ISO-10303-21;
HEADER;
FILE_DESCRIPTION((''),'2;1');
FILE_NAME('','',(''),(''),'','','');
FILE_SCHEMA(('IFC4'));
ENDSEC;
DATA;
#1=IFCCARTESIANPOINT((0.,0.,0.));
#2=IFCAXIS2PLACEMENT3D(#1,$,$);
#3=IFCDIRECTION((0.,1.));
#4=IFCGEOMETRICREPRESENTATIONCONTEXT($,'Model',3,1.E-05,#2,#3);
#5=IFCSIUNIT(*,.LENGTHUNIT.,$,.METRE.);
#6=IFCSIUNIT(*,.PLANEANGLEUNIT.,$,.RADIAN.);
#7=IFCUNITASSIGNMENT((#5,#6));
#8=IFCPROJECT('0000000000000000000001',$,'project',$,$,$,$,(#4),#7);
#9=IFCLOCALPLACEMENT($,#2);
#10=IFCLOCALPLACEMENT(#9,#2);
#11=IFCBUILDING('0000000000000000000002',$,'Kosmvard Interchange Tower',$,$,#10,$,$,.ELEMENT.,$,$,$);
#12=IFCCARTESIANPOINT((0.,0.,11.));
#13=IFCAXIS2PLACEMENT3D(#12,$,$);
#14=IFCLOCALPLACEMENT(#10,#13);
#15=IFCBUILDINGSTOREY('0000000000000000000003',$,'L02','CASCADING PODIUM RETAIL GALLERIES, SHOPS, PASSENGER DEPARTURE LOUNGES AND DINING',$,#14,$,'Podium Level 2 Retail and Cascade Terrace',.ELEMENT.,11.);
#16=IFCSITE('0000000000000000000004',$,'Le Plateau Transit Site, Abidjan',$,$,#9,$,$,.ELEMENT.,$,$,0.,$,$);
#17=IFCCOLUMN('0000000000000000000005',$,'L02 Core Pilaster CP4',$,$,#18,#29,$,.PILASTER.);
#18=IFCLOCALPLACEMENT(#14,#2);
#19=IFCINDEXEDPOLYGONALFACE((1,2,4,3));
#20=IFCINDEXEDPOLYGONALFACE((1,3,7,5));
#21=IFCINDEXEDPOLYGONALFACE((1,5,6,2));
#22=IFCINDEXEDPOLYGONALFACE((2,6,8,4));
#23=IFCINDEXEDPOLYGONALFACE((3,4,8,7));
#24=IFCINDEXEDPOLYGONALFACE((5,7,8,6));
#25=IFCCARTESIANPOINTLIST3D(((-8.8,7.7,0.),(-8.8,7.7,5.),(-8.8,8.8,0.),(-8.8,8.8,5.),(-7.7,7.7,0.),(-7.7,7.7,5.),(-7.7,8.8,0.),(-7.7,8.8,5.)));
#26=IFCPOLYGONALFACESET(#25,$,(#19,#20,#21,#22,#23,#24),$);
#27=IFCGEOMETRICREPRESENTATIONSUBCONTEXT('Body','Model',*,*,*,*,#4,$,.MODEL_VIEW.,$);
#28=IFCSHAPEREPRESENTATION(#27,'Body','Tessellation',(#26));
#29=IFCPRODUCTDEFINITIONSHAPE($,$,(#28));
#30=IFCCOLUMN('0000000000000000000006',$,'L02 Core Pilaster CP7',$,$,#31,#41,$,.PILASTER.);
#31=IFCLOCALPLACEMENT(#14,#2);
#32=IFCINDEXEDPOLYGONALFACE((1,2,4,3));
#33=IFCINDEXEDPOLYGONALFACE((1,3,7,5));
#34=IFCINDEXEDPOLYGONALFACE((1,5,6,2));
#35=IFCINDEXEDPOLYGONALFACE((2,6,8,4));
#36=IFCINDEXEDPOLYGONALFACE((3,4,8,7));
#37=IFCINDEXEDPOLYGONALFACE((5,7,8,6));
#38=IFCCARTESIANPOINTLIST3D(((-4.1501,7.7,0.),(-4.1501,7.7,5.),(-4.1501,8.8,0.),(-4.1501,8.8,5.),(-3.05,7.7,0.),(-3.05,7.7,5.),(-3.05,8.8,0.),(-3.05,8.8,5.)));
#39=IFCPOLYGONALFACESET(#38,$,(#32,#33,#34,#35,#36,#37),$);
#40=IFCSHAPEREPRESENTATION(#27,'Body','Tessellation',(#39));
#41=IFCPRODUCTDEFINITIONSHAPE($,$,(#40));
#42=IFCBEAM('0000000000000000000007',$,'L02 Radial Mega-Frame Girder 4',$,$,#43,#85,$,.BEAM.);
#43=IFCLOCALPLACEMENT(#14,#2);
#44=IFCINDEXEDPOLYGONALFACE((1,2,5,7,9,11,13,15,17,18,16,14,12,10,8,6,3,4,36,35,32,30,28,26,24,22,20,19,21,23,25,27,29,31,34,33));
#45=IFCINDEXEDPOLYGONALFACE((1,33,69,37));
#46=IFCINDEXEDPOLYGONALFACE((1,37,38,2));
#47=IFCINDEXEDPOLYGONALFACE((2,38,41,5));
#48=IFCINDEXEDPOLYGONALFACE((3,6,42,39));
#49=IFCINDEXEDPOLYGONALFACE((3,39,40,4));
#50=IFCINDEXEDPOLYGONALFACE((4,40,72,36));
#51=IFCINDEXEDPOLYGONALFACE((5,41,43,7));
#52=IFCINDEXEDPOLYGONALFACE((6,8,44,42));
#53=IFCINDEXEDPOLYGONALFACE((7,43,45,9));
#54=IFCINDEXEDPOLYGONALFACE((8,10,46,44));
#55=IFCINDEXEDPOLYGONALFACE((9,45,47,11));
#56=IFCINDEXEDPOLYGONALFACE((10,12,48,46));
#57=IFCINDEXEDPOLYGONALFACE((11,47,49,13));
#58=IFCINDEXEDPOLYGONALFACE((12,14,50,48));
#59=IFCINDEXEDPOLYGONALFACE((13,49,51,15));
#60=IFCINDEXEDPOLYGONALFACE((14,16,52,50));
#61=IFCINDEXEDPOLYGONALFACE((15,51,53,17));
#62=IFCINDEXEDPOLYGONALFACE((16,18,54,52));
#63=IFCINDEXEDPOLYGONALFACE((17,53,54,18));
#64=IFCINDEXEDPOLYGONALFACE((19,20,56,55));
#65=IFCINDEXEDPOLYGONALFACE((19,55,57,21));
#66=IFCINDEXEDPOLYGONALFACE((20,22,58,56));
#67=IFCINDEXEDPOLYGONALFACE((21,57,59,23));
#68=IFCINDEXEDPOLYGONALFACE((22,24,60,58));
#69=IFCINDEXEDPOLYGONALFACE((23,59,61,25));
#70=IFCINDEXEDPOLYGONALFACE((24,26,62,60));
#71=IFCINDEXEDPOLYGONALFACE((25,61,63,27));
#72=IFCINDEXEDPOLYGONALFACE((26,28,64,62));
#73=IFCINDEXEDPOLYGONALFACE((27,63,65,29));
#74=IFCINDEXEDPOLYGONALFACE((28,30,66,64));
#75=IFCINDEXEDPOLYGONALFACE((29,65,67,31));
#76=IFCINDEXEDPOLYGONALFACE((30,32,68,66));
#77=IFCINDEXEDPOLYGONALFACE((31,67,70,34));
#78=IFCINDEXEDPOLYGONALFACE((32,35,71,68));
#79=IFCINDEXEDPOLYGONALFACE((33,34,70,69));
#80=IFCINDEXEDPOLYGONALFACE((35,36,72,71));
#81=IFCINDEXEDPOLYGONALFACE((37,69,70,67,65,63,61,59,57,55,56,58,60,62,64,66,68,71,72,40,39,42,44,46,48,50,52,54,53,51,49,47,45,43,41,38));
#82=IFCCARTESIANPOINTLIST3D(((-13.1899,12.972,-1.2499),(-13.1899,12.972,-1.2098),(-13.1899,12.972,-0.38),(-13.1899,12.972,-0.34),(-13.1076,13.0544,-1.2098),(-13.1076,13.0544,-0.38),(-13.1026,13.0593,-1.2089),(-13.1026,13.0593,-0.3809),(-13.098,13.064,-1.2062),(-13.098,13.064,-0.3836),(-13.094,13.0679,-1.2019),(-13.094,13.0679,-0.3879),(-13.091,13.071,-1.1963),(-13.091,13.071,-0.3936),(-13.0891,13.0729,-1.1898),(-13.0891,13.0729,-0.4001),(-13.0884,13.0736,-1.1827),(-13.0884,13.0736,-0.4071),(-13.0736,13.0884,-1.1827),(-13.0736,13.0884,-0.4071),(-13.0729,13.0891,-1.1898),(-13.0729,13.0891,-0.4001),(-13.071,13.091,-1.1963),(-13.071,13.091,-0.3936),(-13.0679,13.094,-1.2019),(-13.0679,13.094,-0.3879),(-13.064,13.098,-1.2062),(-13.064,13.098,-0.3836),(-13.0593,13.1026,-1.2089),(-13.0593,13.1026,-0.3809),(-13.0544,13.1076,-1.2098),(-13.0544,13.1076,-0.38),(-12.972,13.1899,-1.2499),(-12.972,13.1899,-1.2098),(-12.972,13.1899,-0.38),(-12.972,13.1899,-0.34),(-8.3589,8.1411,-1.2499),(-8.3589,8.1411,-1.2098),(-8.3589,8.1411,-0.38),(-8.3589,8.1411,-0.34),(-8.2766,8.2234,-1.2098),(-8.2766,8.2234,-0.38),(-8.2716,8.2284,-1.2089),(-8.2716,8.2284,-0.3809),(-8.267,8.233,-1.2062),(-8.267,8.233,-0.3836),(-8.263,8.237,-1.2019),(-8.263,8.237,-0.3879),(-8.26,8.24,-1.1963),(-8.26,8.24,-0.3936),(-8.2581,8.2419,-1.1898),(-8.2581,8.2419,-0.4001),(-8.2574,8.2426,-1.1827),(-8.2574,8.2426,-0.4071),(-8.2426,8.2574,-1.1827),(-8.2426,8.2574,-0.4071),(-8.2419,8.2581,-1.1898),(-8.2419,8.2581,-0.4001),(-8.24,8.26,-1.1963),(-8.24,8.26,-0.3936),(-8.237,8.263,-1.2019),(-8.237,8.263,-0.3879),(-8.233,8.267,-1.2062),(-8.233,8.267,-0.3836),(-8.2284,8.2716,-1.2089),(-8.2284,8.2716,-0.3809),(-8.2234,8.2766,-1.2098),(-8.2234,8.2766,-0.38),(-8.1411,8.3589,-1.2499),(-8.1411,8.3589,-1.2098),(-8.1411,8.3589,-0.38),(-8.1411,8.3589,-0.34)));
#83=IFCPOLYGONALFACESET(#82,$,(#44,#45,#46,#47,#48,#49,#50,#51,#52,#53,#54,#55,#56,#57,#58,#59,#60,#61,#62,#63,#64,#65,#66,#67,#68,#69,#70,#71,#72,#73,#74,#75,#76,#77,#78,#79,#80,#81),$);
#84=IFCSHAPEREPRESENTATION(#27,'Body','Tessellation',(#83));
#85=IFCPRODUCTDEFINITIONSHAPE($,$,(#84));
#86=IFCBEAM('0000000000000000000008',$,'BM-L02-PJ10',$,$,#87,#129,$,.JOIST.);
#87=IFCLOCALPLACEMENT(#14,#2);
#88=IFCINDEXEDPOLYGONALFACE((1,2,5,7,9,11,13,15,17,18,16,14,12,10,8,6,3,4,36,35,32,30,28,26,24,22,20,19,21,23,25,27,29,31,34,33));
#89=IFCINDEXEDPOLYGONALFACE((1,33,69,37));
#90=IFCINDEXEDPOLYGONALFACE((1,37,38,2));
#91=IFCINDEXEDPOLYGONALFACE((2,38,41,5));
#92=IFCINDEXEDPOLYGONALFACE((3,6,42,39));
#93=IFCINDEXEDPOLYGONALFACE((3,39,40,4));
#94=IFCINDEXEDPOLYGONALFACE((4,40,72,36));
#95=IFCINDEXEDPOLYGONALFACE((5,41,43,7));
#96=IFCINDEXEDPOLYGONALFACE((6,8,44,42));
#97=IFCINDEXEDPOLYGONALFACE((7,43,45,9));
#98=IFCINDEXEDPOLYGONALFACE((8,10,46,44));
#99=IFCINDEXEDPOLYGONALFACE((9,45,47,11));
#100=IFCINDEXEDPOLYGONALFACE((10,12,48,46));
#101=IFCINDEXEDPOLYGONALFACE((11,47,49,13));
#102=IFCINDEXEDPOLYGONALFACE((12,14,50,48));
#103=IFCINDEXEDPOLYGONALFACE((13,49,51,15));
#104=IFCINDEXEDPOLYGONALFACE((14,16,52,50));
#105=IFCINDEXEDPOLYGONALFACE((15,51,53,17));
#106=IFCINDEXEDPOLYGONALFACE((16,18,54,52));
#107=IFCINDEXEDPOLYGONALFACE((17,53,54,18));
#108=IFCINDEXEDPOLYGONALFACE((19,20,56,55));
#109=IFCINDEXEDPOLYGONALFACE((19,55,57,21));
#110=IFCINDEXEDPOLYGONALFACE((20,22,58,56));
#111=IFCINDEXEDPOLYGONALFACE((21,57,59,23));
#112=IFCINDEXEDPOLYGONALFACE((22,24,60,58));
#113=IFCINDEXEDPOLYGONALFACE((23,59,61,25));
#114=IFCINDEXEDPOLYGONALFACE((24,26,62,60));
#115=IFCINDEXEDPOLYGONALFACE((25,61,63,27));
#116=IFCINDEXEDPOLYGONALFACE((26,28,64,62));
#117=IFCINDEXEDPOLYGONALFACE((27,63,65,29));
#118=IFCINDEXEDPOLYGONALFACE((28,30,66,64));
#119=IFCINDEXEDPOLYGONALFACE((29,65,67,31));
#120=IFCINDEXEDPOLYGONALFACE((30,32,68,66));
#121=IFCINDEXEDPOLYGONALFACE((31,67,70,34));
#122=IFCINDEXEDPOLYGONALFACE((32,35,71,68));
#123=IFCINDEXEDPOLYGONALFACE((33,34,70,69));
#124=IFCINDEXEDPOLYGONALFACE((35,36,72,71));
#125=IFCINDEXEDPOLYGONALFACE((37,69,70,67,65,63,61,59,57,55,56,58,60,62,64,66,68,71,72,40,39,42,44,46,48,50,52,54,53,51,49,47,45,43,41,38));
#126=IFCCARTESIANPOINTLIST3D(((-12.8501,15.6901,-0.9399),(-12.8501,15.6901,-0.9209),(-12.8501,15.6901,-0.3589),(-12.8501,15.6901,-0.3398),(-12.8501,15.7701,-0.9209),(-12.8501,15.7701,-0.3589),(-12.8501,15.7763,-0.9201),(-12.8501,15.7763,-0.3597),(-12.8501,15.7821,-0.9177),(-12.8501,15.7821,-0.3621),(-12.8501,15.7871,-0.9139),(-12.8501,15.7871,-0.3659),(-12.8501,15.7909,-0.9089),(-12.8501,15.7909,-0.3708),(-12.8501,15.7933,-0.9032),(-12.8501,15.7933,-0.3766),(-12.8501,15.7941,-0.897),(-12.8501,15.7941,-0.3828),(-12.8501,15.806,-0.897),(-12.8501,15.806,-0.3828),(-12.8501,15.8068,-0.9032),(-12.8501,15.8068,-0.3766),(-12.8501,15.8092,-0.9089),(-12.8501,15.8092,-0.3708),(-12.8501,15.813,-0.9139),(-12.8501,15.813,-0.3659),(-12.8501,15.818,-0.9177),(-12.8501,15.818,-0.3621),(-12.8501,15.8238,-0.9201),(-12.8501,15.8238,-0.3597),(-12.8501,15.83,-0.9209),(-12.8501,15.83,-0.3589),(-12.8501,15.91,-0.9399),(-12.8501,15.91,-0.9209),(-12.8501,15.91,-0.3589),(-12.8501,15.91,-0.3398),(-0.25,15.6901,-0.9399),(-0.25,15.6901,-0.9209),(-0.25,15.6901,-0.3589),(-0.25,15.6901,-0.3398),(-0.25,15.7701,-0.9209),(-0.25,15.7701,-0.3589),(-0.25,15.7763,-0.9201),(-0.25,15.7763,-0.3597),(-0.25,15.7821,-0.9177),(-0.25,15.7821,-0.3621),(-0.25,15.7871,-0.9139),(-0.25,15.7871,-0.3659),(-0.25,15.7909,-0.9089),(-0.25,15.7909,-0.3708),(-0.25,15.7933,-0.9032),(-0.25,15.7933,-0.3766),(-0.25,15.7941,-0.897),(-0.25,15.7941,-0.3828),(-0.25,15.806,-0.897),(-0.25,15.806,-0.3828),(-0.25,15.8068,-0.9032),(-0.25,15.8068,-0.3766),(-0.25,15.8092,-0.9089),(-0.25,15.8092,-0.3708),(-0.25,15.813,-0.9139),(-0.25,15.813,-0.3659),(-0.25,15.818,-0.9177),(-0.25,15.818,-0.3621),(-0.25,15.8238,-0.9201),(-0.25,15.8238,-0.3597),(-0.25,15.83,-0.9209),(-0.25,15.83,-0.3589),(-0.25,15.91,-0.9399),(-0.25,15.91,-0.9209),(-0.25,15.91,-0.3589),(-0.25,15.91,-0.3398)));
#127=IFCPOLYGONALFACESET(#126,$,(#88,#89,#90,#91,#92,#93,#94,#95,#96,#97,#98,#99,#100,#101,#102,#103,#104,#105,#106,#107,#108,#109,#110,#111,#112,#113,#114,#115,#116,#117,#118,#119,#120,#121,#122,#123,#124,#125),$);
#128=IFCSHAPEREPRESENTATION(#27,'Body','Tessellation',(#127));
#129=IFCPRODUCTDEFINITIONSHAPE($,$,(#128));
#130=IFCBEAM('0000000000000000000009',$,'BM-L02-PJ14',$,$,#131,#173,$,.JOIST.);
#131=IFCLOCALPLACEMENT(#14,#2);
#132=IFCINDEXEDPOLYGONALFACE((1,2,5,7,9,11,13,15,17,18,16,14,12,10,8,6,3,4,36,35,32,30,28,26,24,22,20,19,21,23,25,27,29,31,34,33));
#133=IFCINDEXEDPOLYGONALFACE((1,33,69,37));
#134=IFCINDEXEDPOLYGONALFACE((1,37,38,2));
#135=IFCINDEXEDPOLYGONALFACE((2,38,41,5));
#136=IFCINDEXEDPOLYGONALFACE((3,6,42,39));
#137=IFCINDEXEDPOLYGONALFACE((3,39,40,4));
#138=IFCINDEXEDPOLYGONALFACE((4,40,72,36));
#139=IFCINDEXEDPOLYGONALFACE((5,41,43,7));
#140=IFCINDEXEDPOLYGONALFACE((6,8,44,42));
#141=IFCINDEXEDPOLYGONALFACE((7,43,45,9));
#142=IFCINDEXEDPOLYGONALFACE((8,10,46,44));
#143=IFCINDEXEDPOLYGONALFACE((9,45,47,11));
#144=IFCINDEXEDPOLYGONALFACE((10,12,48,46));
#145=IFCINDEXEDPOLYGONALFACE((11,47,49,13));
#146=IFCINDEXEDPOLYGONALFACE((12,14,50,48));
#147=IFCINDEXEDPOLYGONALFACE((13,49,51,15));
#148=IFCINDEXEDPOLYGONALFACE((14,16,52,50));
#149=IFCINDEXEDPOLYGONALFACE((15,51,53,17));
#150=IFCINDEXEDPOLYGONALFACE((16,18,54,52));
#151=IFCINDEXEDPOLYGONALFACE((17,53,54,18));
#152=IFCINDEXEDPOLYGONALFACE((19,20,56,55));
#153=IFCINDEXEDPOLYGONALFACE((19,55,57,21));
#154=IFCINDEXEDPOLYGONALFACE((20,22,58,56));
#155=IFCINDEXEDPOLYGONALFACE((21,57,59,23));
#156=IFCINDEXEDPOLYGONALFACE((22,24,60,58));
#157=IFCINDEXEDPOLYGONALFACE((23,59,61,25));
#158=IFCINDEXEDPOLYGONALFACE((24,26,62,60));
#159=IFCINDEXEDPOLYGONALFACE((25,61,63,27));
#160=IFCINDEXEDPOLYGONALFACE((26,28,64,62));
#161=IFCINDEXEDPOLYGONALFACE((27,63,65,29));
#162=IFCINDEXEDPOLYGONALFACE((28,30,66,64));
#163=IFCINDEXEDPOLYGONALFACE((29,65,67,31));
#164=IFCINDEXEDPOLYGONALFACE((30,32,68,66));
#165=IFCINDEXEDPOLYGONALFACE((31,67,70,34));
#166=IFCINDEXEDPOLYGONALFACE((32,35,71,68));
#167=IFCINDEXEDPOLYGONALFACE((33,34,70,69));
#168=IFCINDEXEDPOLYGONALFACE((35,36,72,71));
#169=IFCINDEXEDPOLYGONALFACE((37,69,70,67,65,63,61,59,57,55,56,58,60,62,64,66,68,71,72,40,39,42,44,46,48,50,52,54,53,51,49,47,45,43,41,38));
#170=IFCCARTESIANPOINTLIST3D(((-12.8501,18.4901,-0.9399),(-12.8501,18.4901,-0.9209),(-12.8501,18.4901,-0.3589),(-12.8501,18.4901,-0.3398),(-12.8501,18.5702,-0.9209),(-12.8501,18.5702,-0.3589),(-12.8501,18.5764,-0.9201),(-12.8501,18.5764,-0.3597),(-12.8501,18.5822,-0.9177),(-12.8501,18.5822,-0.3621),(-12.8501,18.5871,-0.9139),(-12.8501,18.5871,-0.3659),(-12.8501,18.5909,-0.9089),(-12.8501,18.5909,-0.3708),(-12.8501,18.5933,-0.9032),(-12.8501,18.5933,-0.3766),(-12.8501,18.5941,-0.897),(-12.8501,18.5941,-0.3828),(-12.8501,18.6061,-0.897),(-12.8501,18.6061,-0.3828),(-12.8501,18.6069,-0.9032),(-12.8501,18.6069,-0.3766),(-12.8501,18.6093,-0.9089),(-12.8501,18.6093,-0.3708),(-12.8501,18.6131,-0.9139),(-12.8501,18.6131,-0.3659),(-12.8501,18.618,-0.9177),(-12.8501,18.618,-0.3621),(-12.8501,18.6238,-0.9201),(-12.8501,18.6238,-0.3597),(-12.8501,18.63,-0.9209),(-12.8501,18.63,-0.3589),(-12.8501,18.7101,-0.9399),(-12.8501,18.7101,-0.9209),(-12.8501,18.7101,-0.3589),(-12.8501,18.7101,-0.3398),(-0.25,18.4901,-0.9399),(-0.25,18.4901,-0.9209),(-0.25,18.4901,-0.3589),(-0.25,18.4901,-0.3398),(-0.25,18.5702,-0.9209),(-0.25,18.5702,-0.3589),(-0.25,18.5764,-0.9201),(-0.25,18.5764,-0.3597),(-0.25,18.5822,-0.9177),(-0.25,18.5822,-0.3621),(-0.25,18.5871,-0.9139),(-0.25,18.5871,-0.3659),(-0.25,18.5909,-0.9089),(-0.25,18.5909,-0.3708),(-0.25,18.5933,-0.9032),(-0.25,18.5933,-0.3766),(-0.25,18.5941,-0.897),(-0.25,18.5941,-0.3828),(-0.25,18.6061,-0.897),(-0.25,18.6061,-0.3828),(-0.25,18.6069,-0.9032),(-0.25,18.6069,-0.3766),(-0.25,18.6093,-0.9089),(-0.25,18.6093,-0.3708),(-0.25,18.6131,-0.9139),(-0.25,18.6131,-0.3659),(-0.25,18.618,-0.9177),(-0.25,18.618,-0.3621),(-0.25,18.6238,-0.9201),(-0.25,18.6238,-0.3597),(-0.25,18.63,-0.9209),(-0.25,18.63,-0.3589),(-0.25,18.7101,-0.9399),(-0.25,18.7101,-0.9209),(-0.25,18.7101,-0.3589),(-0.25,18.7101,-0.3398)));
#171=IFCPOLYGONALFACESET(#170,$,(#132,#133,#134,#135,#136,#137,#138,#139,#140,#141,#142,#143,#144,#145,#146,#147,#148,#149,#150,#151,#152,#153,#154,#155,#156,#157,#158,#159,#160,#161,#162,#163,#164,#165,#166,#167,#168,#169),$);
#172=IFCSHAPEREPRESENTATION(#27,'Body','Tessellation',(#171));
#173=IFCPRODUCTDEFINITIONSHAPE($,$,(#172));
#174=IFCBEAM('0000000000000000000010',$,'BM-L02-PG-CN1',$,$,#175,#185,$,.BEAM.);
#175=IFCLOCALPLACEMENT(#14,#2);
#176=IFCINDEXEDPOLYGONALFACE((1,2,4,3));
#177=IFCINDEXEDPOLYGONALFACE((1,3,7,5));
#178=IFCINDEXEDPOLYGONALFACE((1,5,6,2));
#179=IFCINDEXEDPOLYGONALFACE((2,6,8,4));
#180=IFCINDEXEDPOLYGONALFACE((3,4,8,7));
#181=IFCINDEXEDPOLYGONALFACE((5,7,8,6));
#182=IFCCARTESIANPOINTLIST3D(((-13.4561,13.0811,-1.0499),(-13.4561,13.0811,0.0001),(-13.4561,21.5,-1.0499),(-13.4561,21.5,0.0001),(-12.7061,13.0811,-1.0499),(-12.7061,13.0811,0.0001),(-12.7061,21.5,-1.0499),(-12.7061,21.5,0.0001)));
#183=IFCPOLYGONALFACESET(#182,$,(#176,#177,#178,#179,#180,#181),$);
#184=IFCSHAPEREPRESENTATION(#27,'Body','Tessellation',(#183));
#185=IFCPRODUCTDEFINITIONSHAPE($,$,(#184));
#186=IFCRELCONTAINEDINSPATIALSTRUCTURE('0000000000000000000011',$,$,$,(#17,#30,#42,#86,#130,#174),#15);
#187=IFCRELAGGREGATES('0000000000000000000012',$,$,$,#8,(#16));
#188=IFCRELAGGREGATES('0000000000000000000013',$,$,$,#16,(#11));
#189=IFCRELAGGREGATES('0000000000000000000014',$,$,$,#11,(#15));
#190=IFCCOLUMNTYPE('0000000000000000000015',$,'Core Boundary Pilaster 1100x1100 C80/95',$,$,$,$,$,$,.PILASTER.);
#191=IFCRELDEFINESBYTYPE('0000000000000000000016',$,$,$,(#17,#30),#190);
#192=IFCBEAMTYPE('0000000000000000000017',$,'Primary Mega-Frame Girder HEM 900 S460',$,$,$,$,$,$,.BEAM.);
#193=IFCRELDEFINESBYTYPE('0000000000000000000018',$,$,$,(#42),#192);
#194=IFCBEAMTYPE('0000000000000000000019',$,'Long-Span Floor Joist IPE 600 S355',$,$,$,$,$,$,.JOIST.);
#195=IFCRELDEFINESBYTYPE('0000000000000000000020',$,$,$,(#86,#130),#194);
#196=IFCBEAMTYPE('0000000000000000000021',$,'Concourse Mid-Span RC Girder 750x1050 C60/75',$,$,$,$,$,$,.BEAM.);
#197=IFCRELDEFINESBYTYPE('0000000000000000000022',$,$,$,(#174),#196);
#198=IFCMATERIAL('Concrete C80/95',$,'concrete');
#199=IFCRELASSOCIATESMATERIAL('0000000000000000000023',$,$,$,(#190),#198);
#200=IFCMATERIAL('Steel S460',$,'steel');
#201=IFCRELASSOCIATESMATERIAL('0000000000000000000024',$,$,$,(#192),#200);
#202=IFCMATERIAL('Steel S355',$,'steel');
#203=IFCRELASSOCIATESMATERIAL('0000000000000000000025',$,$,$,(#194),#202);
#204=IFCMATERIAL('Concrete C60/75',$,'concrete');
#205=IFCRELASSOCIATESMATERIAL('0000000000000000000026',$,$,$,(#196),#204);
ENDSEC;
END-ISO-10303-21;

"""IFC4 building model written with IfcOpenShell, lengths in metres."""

from ifc_helpers import new_model, si_unit, direction, frame, origin, origin_2d, place, context, subcontext, project, spatial, rectangle, i_section, extrude, source, transform, mapped, material, material_profile, profile_set, type_object, element, save


model = new_model("IFC4")

# Units and contexts
model_context = context("Model", 3, precision=1e-05, world=origin(), true_north=direction((0.0, 1.0)))
body_context = subcontext(model_context, "Body", "Model", "MODEL_VIEW")
ifc_project = project(units=[si_unit("LENGTHUNIT", "METRE"), si_unit("PLANEANGLEUNIT", "RADIAN")], contexts=[model_context])

# Site, building, storey
site_placement = place(None, origin())
site = spatial("IfcSite", under=ifc_project, at=site_placement, Name="Le Plateau Transit Site, Abidjan", CompositionType="ELEMENT", RefElevation=0.0)
building_placement = place(site_placement, origin())
building = spatial("IfcBuilding", under=site, at=building_placement, Name="Kosmvard Interchange Tower", CompositionType="ELEMENT")
storey_placement = place(building_placement, frame((0.0, 0.0, 11.0)))
storey = spatial("IfcBuildingStorey", under=building, at=storey_placement, Name="L02", Description="CASCADING PODIUM RETAIL GALLERIES, SHOPS, PASSENGER DEPARTURE LOUNGES AND DINING", LongName="Podium Level 2 Retail and Cascade Terrace", CompositionType="ELEMENT", Elevation=11.0)

# Columns
ifc_material_1 = material(Name="Concrete C80/95", Category="concrete")
ifc_material_profile_1 = material_profile(ifc_material_1, rectangle(XDim=1.1001, YDim=1.1001, at=origin_2d()), Name="CP 1100x1100")
ifc_profile_set_1 = profile_set([ifc_material_profile_1], Name="Concrete C80/95")
column_type = type_object("IfcColumnType", Name="Core Boundary Pilaster 1100x1100 C80/95", PredefinedType="PILASTER", material=ifc_profile_set_1)
shared_shape_1 = source(origin(), body_context, "Body", "SweptSolid", [
    extrude(rectangle(XDim=1.1001, YDim=1.1001, at=origin_2d()), origin(), (0.0, 0.0, 1.0), 5.0),
])
for number, where, z_axis, x_axis, name in (
    (1, (-8.25, 8.25, 0.0), (0.0, 0.0, 1.0), (1.0, 0.0, 0.0), "L02 Core Pilaster CP4"),
    (2, (-3.6001, 8.25, 0.0), (0.0, 0.0, 1.0), (1.0, 0.0, 0.0), "L02 Core Pilaster CP7"),
):
    element("IfcColumn", number, at=place(storey_placement, frame(where, z_axis=z_axis, x_axis=x_axis)), inside=storey, type_object=column_type, Name=name, PredefinedType="PILASTER", context=body_context, shape_type="MappedRepresentation", body=[
        mapped(shared_shape_1, transform((0.0, 0.0, 0.0), scale=1.0)),
    ])

# Beams
ifc_material_2 = material(Name="Steel S460", Category="steel")
ifc_material_profile_2 = material_profile(ifc_material_2, i_section(OverallWidth=0.3081, OverallDepth=0.9099, WebThickness=0.021, FlangeThickness=0.04, FilletRadius=0.0271, at=origin_2d()), Name="HEM 900")
ifc_profile_set_2 = profile_set([ifc_material_profile_2], Name="Steel S460")
beam_type_1 = type_object("IfcBeamType", Name="Primary Mega-Frame Girder HEM 900 S460", PredefinedType="BEAM", material=ifc_profile_set_2)
shared_shape_2 = source(origin(), body_context, "Body", "SweptSolid", [
    extrude(i_section(OverallWidth=0.3081, OverallDepth=0.9099, WebThickness=0.021, FlangeThickness=0.04, FilletRadius=0.0271, at=origin_2d()), origin(), (0.0, 0.0, 1.0), 6.832),
])
beam_1_placement = place(storey_placement, frame((-8.25, 8.25, -0.7949), z_axis=(-0.707107, 0.707107, 0.0), x_axis=(-0.707107, -0.707107, 0.0)))
element("IfcBeam", 3, at=beam_1_placement, inside=storey, type_object=beam_type_1, Name="L02 Radial Mega-Frame Girder 4", PredefinedType="BEAM", context=body_context, shape_type="MappedRepresentation", body=[
    mapped(shared_shape_2, transform((0.0, 0.0, 0.0), scale=1.0)),
])
ifc_material_3 = material(Name="Steel S355", Category="steel")
ifc_material_profile_3 = material_profile(ifc_material_3, i_section(OverallWidth=0.22, OverallDepth=0.6001, WebThickness=0.012, FlangeThickness=0.019, FilletRadius=0.0239, at=origin_2d()), Name="IPE 600")
ifc_profile_set_3 = profile_set([ifc_material_profile_3], Name="Steel S355")
beam_type_2 = type_object("IfcBeamType", Name="Long-Span Floor Joist IPE 600 S355", PredefinedType="JOIST", material=ifc_profile_set_3)
shared_shape_3 = source(origin(), body_context, "Body", "SweptSolid", [
    extrude(i_section(OverallWidth=0.22, OverallDepth=0.6001, WebThickness=0.012, FlangeThickness=0.019, FilletRadius=0.0239, at=origin_2d()), origin(), (0.0, 0.0, 1.0), 12.6001),
])
for number, where, z_axis, x_axis, name in (
    (4, (-12.8501, 15.8, -0.6399), (1.0, 0.0, 0.0), (0.0, 1.0, 0.0), "BM-L02-PJ10"),
    (5, (-12.8501, 18.6001, -0.6399), (1.0, 0.0, 0.0), (0.0, 1.0, 0.0), "BM-L02-PJ14"),
):
    element("IfcBeam", number, at=place(storey_placement, frame(where, z_axis=z_axis, x_axis=x_axis)), inside=storey, type_object=beam_type_2, Name=name, PredefinedType="JOIST", context=body_context, shape_type="MappedRepresentation", body=[
        mapped(shared_shape_3, transform((0.0, 0.0, 0.0), scale=1.0)),
    ])
ifc_material_4 = material(Name="Concrete C60/75", Category="concrete")
ifc_material_profile_4 = material_profile(ifc_material_4, rectangle(XDim=0.75, YDim=1.05, at=origin_2d()), Name="RCG 750x1050")
ifc_profile_set_4 = profile_set([ifc_material_profile_4], Name="Concrete C60/75")
beam_type_3 = type_object("IfcBeamType", Name="Concourse Mid-Span RC Girder 750x1050 C60/75", PredefinedType="BEAM", material=ifc_profile_set_4)
shared_shape_4 = source(origin(), body_context, "Body", "SweptSolid", [
    extrude(rectangle(XDim=0.75, YDim=1.05, at=origin_2d()), origin(), (0.0, 0.0, 1.0), 8.4189),
])
beam_2_placement = place(storey_placement, frame((-13.0811, 21.5, -0.5249), z_axis=(0.0, -1.0, 0.0), x_axis=(1.0, 0.0, 0.0)))
element("IfcBeam", 6, at=beam_2_placement, inside=storey, type_object=beam_type_3, Name="BM-L02-PG-CN1", PredefinedType="BEAM", context=body_context, shape_type="MappedRepresentation", body=[
    mapped(shared_shape_4, transform((0.0, 0.0, 0.0), scale=1.0)),
])

save(model, "model.ifc")
